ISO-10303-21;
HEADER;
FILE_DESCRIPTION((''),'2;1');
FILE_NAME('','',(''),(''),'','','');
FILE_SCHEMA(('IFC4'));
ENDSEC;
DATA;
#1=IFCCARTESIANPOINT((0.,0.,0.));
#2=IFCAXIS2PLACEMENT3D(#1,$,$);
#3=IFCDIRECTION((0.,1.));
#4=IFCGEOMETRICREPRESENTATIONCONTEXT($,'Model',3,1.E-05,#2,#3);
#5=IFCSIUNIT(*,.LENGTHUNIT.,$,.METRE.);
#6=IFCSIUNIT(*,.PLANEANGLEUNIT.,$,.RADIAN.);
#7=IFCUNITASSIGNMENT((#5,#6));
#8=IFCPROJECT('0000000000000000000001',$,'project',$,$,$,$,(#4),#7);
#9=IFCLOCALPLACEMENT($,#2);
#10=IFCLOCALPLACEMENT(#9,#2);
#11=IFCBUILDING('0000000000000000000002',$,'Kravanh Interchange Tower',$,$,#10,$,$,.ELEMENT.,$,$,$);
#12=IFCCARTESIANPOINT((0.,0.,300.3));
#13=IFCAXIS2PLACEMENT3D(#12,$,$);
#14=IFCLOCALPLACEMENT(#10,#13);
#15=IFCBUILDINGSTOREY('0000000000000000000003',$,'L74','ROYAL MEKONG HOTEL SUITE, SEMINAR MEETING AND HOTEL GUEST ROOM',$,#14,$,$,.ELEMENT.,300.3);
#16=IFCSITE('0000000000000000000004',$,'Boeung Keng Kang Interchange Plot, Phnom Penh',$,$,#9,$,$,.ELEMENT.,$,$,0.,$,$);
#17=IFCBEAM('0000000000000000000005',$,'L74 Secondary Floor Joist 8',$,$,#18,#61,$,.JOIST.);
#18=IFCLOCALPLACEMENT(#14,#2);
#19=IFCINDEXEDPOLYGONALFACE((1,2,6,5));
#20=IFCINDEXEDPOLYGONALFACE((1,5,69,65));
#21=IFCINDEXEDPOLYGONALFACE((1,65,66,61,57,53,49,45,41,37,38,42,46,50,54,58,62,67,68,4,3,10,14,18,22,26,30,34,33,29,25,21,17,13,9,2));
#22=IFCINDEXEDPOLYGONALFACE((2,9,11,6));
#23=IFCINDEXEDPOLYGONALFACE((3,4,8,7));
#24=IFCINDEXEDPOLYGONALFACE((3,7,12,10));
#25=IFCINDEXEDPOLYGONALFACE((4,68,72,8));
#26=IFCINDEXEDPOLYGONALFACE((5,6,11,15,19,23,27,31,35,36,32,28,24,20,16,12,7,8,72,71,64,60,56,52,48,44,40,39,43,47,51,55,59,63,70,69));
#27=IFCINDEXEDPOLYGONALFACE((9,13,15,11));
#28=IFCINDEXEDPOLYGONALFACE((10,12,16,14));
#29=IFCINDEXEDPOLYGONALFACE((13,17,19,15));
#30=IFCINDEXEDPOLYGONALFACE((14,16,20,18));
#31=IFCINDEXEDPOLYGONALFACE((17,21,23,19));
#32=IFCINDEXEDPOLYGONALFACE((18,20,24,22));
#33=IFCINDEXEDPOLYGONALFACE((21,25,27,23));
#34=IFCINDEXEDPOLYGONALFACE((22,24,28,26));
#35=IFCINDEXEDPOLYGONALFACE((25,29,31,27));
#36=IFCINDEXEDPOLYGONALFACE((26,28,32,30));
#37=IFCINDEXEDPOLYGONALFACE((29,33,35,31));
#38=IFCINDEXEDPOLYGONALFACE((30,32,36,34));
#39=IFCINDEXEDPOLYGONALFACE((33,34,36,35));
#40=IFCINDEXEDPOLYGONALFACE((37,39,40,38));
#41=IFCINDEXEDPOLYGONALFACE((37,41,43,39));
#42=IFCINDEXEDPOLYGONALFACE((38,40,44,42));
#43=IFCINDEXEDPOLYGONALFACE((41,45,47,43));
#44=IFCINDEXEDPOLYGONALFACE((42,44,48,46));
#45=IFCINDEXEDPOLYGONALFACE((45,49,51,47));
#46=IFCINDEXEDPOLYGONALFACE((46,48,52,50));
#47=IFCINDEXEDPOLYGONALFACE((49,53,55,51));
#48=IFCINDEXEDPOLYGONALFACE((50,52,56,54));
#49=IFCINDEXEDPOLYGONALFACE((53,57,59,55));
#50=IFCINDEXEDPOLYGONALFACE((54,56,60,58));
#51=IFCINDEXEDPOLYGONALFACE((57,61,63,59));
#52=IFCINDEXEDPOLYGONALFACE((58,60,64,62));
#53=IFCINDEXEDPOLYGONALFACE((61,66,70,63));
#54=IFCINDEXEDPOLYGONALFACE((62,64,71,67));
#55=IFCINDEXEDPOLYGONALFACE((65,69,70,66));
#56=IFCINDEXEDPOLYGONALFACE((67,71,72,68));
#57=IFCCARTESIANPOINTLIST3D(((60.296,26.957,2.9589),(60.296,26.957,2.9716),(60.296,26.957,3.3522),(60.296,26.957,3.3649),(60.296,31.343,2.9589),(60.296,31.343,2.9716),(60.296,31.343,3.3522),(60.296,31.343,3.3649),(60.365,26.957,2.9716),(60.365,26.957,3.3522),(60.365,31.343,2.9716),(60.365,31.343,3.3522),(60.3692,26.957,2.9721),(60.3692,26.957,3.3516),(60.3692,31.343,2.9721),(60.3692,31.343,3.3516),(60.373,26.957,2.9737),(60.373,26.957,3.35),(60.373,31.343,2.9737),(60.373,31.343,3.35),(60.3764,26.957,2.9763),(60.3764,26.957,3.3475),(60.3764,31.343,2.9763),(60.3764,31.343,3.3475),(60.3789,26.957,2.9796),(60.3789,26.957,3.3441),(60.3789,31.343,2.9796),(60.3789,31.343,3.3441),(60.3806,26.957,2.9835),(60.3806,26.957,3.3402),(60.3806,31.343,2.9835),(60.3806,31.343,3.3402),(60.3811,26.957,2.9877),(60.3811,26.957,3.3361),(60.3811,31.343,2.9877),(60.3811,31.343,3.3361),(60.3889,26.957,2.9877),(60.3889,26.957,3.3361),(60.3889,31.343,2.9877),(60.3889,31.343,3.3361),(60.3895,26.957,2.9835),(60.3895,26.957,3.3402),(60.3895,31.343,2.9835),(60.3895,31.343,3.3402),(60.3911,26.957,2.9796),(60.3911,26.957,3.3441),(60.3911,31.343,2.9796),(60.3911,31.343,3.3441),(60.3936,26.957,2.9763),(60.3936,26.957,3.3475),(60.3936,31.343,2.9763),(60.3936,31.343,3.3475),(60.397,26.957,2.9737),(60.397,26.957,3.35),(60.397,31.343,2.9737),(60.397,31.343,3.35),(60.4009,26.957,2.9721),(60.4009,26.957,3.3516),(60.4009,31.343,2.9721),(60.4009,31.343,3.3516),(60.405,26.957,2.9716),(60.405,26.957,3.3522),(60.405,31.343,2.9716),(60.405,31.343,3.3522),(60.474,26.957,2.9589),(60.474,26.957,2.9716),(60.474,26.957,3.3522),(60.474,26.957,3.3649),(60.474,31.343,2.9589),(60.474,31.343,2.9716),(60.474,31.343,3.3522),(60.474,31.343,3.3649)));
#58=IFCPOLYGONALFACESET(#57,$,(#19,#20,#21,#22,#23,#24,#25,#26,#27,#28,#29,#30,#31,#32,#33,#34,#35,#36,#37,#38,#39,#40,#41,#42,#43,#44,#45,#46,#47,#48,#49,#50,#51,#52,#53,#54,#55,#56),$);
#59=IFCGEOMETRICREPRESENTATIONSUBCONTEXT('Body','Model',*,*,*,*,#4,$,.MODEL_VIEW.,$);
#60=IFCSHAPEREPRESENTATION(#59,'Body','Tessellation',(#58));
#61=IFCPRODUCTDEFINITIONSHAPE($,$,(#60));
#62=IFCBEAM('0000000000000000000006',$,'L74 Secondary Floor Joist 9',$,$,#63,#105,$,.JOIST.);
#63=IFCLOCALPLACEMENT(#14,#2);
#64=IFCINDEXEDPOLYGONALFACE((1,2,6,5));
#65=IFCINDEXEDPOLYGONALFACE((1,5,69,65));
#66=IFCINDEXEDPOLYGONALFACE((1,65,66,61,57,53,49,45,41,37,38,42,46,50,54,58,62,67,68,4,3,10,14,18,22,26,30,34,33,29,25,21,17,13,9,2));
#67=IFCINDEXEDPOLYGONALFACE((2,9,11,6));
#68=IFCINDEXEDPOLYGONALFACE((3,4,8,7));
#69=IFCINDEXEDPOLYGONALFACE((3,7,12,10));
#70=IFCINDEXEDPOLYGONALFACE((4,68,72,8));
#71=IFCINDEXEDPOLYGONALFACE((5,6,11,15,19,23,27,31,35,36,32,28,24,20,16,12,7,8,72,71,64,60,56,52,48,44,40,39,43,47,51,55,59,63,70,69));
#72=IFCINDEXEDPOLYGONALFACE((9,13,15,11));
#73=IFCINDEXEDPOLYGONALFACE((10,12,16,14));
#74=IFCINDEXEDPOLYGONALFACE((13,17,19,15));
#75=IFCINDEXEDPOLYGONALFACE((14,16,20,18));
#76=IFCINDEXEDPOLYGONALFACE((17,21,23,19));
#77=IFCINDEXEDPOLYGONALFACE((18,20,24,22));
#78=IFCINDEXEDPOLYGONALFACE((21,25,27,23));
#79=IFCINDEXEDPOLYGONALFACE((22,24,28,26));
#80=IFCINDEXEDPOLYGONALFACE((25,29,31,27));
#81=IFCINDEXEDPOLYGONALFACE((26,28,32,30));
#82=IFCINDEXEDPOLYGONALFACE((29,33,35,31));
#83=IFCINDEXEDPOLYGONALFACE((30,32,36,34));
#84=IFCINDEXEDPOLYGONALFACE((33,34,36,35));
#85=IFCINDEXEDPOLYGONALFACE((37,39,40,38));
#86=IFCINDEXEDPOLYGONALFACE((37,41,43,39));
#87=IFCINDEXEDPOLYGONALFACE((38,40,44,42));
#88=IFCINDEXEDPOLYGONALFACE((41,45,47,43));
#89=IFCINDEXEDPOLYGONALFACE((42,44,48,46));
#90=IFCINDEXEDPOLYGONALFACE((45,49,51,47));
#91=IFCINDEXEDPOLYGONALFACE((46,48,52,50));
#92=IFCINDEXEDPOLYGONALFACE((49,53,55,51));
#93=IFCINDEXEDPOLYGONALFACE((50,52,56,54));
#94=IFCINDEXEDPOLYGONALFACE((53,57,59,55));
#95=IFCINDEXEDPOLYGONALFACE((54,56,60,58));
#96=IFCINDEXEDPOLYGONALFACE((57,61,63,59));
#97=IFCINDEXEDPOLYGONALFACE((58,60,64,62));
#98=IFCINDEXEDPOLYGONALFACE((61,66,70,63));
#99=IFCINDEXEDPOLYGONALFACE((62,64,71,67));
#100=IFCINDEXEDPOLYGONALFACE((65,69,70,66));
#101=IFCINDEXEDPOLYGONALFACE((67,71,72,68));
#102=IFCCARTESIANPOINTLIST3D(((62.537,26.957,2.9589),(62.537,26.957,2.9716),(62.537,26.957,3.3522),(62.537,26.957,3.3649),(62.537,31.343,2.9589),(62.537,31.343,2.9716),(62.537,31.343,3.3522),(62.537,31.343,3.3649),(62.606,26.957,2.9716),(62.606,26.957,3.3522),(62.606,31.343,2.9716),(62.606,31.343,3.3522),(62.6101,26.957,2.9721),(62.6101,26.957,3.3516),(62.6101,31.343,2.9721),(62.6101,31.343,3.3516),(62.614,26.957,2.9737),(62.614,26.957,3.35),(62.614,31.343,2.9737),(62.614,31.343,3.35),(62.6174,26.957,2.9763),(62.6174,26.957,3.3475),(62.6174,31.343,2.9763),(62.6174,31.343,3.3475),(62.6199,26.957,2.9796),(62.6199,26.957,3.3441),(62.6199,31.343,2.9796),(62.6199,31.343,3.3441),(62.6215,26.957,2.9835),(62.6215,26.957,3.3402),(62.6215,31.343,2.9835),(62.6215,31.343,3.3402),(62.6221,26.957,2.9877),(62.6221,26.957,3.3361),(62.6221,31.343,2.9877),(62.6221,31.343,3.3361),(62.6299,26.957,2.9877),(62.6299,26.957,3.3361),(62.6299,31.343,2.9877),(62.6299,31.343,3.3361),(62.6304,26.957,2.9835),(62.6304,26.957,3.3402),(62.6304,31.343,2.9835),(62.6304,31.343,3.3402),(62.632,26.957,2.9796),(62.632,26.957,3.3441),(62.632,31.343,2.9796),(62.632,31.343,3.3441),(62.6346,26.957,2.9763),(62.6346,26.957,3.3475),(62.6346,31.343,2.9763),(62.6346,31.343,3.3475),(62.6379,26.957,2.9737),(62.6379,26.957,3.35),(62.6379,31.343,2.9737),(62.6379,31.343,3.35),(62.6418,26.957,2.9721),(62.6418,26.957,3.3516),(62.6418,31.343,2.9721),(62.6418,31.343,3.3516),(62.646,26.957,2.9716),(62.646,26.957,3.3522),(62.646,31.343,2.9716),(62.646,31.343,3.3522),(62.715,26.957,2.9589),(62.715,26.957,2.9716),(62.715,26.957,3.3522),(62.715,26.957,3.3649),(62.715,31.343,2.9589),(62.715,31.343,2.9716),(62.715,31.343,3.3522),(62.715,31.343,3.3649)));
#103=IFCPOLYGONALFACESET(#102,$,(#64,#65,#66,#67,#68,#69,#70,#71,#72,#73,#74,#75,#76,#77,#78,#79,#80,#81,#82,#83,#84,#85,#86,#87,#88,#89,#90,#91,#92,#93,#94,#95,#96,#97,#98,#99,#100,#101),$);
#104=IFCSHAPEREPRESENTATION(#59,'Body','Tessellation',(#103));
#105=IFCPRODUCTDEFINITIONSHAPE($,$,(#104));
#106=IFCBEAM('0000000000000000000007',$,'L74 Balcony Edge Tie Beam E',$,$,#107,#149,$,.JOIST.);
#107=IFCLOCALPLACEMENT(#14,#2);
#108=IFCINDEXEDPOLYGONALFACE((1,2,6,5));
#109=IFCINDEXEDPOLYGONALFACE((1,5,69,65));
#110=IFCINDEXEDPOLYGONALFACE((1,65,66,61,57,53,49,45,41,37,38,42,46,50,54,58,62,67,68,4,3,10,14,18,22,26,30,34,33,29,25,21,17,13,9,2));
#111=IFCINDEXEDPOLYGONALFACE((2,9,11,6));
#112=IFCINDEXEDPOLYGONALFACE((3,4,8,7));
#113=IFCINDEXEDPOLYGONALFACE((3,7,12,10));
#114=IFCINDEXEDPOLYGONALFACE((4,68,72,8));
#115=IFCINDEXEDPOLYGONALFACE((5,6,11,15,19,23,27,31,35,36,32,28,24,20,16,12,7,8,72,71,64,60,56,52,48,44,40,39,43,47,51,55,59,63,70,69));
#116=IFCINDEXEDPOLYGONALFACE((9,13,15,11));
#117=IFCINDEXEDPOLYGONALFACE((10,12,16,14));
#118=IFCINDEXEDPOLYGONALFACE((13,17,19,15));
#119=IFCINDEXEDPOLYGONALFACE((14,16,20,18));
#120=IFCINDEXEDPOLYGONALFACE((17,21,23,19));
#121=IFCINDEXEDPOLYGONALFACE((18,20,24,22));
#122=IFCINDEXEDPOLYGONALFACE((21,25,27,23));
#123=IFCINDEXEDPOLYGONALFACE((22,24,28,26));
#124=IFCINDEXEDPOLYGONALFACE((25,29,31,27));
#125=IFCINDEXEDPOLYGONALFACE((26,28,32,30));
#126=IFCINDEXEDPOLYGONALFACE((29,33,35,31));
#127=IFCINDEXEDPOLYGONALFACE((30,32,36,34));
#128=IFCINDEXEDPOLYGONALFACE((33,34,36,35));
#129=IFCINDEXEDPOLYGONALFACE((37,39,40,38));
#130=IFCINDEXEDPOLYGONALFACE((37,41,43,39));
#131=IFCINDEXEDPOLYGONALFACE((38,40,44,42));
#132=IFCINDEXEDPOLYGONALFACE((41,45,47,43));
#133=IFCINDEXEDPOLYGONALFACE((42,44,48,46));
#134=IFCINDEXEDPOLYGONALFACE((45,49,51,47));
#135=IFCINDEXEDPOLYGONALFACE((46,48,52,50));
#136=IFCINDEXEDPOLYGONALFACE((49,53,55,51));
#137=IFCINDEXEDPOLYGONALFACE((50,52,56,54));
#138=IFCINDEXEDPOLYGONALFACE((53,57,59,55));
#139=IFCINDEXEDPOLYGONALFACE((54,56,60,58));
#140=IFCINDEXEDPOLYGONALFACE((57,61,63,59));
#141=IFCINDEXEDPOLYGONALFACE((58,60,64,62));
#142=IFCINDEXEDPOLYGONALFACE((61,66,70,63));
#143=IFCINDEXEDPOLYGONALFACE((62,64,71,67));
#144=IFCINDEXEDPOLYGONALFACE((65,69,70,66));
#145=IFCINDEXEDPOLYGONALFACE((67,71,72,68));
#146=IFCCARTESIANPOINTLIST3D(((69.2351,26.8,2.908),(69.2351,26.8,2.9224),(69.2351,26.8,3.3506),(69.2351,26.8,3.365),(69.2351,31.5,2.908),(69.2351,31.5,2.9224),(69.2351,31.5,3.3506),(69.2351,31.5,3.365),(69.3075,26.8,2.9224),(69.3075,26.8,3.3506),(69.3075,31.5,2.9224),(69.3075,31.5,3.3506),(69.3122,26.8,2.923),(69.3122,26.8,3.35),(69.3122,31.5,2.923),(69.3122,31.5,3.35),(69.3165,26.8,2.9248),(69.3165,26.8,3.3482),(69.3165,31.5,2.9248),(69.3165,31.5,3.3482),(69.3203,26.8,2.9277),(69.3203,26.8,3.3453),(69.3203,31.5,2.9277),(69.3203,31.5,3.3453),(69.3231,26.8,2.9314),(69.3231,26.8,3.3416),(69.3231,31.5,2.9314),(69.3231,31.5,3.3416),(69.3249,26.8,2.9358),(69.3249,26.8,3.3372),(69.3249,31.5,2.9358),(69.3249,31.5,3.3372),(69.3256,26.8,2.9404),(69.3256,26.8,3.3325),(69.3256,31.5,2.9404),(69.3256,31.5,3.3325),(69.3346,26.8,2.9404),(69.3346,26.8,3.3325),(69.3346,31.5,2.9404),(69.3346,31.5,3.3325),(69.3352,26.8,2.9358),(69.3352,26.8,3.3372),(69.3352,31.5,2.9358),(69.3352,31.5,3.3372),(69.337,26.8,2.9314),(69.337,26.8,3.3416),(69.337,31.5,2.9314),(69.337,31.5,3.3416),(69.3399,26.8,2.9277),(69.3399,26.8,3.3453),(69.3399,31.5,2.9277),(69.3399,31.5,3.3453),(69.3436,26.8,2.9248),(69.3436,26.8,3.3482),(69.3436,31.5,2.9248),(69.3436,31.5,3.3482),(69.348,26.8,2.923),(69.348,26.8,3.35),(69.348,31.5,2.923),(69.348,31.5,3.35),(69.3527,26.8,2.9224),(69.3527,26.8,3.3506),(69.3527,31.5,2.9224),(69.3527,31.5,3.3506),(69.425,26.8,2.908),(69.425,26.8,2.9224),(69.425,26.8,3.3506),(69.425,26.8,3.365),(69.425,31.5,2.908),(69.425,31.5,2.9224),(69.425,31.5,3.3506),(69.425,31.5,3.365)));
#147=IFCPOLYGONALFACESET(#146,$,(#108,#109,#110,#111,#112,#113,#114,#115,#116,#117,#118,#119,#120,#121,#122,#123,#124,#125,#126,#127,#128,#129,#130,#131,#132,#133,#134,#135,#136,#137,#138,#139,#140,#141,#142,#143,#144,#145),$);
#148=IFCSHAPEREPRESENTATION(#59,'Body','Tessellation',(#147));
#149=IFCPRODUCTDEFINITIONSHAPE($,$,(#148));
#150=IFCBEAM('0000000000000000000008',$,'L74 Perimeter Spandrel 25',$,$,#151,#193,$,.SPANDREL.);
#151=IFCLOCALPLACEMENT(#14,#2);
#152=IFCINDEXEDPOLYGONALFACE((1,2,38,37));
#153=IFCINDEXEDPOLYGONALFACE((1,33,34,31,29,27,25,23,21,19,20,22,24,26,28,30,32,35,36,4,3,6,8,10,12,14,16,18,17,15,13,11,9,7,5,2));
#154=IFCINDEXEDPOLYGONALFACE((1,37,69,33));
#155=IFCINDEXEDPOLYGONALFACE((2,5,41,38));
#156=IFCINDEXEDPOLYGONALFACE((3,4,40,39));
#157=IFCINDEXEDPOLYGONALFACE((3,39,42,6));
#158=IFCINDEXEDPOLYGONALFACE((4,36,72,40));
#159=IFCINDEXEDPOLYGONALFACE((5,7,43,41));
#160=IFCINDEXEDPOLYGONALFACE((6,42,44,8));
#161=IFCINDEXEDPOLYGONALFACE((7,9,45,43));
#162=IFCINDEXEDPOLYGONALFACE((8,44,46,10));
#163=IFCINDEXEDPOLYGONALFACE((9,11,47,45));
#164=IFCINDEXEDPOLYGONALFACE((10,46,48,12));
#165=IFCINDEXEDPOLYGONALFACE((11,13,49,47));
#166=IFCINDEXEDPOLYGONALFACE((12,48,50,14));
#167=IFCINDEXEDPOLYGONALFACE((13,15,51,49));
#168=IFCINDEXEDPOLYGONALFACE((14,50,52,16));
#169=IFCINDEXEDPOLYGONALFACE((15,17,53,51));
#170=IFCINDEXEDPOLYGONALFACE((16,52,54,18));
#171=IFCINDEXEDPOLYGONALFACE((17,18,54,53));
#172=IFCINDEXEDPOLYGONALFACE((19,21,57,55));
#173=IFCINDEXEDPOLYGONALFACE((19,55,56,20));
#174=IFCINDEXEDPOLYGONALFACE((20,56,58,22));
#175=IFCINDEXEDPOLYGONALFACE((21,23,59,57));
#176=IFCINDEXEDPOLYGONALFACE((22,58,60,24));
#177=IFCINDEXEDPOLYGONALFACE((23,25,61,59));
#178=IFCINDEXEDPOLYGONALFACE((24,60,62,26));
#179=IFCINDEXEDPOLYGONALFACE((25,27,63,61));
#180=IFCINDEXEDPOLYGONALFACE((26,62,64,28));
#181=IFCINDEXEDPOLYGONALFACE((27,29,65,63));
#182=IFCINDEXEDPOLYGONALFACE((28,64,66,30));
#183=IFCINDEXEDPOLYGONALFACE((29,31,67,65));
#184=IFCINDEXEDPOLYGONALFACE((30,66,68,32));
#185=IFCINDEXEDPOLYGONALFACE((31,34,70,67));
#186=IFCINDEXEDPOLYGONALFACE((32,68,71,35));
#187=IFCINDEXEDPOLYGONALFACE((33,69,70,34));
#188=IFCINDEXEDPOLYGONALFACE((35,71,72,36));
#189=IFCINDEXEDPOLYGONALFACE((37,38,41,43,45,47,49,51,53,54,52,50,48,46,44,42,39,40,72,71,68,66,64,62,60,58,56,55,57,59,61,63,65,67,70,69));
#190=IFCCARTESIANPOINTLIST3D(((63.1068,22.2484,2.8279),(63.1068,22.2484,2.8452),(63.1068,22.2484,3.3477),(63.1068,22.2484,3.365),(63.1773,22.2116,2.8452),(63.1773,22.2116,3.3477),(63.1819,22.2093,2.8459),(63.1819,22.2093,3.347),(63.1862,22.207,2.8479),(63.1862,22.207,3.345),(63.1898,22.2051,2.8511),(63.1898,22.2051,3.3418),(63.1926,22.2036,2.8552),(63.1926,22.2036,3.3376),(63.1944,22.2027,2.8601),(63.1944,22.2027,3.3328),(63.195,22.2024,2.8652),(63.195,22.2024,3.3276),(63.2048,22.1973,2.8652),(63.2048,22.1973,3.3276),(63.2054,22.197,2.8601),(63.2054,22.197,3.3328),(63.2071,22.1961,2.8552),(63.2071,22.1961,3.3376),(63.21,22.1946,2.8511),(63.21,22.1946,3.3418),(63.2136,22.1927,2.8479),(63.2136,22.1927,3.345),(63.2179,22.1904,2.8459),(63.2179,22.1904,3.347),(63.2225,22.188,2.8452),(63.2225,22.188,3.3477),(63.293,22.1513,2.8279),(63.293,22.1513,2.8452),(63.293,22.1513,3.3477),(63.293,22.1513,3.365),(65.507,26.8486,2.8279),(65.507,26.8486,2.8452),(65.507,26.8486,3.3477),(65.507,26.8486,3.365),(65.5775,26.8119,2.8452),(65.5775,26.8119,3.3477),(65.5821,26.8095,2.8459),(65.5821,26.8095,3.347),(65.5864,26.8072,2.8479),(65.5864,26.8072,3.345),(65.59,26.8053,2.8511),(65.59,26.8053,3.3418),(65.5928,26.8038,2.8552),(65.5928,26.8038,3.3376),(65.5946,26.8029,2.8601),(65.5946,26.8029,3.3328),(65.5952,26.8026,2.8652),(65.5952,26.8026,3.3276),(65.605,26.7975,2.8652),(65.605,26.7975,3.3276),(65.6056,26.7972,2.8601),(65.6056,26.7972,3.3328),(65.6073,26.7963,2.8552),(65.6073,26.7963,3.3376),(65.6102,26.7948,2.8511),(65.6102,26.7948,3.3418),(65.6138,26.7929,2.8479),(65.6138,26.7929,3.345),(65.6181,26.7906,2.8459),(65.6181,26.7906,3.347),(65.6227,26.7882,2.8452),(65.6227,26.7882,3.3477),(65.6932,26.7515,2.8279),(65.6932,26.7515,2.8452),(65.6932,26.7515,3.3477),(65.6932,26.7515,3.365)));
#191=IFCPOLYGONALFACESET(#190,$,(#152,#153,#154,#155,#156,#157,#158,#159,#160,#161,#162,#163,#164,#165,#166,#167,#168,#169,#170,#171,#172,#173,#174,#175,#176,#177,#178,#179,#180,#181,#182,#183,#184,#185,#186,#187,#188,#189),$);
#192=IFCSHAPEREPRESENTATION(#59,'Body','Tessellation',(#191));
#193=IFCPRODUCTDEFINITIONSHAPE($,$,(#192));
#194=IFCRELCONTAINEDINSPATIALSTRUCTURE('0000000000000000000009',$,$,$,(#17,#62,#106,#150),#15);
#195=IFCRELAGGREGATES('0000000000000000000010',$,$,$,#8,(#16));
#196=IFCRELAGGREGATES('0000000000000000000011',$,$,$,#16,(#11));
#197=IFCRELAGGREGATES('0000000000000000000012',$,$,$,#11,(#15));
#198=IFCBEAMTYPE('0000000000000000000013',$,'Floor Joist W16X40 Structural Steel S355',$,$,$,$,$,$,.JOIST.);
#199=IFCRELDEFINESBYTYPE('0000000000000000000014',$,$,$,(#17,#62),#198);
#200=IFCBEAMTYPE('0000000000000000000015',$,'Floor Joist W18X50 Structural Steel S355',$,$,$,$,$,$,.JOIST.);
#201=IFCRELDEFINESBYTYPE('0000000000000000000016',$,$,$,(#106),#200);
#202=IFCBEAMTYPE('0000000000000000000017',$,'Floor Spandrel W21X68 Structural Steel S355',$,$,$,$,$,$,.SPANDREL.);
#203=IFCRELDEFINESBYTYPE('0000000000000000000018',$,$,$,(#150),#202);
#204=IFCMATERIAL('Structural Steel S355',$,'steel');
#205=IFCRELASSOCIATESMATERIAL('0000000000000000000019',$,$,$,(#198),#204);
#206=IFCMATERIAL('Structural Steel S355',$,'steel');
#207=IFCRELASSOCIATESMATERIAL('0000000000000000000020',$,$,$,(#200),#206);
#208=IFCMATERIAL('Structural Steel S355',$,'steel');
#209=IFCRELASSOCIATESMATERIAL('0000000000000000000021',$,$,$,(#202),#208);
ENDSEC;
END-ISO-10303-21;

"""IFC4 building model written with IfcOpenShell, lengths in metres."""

from ifc_helpers import new_model, si_unit, direction, frame, origin, origin_2d, place, context, subcontext, project, spatial, i_section, extrude, material, material_profile, profile_set, type_object, element, save


model = new_model("IFC4")

# Units and contexts
model_context = context("Model", 3, precision=1e-05, world=origin(), true_north=direction((0.0, 1.0)))
body_context = subcontext(model_context, "Body", "Model", "MODEL_VIEW")
ifc_project = project(units=[si_unit("LENGTHUNIT", "METRE"), si_unit("PLANEANGLEUNIT", "RADIAN")], contexts=[model_context])

# Site, building, storey
site_placement = place(None, origin())
site = spatial("IfcSite", under=ifc_project, at=site_placement, Name="Boeung Keng Kang Interchange Plot, Phnom Penh", CompositionType="ELEMENT", RefElevation=0.0)
building_placement = place(site_placement, origin())
building = spatial("IfcBuilding", under=site, at=building_placement, Name="Kravanh Interchange Tower", CompositionType="ELEMENT")
storey_placement = place(building_placement, frame((0.0, 0.0, 300.3)))
storey = spatial("IfcBuildingStorey", under=building, at=storey_placement, Name="L74", Description="ROYAL MEKONG HOTEL SUITE, SEMINAR MEETING AND HOTEL GUEST ROOM", CompositionType="ELEMENT", Elevation=300.3)

# Beams
ifc_material_1 = material(Name="Structural Steel S355", Category="steel")
ifc_material_profile_1 = material_profile(ifc_material_1, i_section(OverallWidth=0.178, OverallDepth=0.406, WebThickness=0.0078, FlangeThickness=0.0127, FilletRadius=0.0161, at=origin_2d()), Name="W16X40")
ifc_profile_set_1 = profile_set([ifc_material_profile_1], Name="Structural Steel S355")
beam_type_1 = type_object("IfcBeamType", Name="Floor Joist W16X40 Structural Steel S355", PredefinedType="JOIST", material=ifc_profile_set_1)
for number, where, z_axis, x_axis, name in (
    (1, (60.385, 26.957, 3.1619), (0.0, 1.0, 0.0), (-1.0, 0.0, 0.0), "L74 Secondary Floor Joist 8"),
    (2, (62.626, 26.957, 3.1619), (0.0, 1.0, 0.0), (-1.0, 0.0, 0.0), "L74 Secondary Floor Joist 9"),
):
    element("IfcBeam", number, at=place(storey_placement, frame(where, z_axis=z_axis, x_axis=x_axis)), inside=storey, type_object=beam_type_1, Name=name, PredefinedType="JOIST", context=body_context, shape_type="SweptSolid", body=[
        extrude(i_section(OverallWidth=0.178, OverallDepth=0.406, WebThickness=0.0078, FlangeThickness=0.0127, FilletRadius=0.0161, at=origin_2d()), origin(), (0.0, 0.0, 1.0), 4.386),
    ])
ifc_material_2 = material(Name="Structural Steel S355", Category="steel")
ifc_material_profile_2 = material_profile(ifc_material_2, i_section(OverallWidth=0.1899, OverallDepth=0.457, WebThickness=0.009, FlangeThickness=0.0144, FilletRadius=0.0181, at=origin_2d()), Name="W18X50")
ifc_profile_set_2 = profile_set([ifc_material_profile_2], Name="Structural Steel S355")
beam_type_2 = type_object("IfcBeamType", Name="Floor Joist W18X50 Structural Steel S355", PredefinedType="JOIST", material=ifc_profile_set_2)
beam_1_placement = place(storey_placement, frame((69.3301, 26.8, 3.1365), z_axis=(0.0, 1.0, 0.0), x_axis=(-1.0, 0.0, 0.0)))
element("IfcBeam", 3, at=beam_1_placement, inside=storey, type_object=beam_type_2, Name="L74 Balcony Edge Tie Beam E", PredefinedType="JOIST", context=body_context, shape_type="SweptSolid", body=[
    extrude(i_section(OverallWidth=0.1899, OverallDepth=0.457, WebThickness=0.009, FlangeThickness=0.0144, FilletRadius=0.0181, at=origin_2d()), origin(), (0.0, 0.0, 1.0), 4.7),
])
ifc_material_3 = material(Name="Structural Steel S355", Category="steel")
ifc_material_profile_3 = material_profile(ifc_material_3, i_section(OverallWidth=0.21, OverallDepth=0.5371, WebThickness=0.011, FlangeThickness=0.0173, FilletRadius=0.02, at=origin_2d()), Name="W21X68")
ifc_profile_set_3 = profile_set([ifc_material_profile_3], Name="Structural Steel S355")
beam_type_3 = type_object("IfcBeamType", Name="Floor Spandrel W21X68 Structural Steel S355", PredefinedType="SPANDREL", material=ifc_profile_set_3)
beam_2_placement = place(storey_placement, frame((65.6001, 26.8, 3.0964), z_axis=(-0.46258, -0.886577, 0.0), x_axis=(0.886577, -0.46258, 0.0)))
element("IfcBeam", 4, at=beam_2_placement, inside=storey, type_object=beam_type_3, Name="L74 Perimeter Spandrel 25", PredefinedType="SPANDREL", context=body_context, shape_type="SweptSolid", body=[
    extrude(i_section(OverallWidth=0.21, OverallDepth=0.5371, WebThickness=0.011, FlangeThickness=0.0173, FilletRadius=0.02, at=origin_2d()), origin(), (0.0, 0.0, 1.0), 5.1887),
])

save(model, "model.ifc")
